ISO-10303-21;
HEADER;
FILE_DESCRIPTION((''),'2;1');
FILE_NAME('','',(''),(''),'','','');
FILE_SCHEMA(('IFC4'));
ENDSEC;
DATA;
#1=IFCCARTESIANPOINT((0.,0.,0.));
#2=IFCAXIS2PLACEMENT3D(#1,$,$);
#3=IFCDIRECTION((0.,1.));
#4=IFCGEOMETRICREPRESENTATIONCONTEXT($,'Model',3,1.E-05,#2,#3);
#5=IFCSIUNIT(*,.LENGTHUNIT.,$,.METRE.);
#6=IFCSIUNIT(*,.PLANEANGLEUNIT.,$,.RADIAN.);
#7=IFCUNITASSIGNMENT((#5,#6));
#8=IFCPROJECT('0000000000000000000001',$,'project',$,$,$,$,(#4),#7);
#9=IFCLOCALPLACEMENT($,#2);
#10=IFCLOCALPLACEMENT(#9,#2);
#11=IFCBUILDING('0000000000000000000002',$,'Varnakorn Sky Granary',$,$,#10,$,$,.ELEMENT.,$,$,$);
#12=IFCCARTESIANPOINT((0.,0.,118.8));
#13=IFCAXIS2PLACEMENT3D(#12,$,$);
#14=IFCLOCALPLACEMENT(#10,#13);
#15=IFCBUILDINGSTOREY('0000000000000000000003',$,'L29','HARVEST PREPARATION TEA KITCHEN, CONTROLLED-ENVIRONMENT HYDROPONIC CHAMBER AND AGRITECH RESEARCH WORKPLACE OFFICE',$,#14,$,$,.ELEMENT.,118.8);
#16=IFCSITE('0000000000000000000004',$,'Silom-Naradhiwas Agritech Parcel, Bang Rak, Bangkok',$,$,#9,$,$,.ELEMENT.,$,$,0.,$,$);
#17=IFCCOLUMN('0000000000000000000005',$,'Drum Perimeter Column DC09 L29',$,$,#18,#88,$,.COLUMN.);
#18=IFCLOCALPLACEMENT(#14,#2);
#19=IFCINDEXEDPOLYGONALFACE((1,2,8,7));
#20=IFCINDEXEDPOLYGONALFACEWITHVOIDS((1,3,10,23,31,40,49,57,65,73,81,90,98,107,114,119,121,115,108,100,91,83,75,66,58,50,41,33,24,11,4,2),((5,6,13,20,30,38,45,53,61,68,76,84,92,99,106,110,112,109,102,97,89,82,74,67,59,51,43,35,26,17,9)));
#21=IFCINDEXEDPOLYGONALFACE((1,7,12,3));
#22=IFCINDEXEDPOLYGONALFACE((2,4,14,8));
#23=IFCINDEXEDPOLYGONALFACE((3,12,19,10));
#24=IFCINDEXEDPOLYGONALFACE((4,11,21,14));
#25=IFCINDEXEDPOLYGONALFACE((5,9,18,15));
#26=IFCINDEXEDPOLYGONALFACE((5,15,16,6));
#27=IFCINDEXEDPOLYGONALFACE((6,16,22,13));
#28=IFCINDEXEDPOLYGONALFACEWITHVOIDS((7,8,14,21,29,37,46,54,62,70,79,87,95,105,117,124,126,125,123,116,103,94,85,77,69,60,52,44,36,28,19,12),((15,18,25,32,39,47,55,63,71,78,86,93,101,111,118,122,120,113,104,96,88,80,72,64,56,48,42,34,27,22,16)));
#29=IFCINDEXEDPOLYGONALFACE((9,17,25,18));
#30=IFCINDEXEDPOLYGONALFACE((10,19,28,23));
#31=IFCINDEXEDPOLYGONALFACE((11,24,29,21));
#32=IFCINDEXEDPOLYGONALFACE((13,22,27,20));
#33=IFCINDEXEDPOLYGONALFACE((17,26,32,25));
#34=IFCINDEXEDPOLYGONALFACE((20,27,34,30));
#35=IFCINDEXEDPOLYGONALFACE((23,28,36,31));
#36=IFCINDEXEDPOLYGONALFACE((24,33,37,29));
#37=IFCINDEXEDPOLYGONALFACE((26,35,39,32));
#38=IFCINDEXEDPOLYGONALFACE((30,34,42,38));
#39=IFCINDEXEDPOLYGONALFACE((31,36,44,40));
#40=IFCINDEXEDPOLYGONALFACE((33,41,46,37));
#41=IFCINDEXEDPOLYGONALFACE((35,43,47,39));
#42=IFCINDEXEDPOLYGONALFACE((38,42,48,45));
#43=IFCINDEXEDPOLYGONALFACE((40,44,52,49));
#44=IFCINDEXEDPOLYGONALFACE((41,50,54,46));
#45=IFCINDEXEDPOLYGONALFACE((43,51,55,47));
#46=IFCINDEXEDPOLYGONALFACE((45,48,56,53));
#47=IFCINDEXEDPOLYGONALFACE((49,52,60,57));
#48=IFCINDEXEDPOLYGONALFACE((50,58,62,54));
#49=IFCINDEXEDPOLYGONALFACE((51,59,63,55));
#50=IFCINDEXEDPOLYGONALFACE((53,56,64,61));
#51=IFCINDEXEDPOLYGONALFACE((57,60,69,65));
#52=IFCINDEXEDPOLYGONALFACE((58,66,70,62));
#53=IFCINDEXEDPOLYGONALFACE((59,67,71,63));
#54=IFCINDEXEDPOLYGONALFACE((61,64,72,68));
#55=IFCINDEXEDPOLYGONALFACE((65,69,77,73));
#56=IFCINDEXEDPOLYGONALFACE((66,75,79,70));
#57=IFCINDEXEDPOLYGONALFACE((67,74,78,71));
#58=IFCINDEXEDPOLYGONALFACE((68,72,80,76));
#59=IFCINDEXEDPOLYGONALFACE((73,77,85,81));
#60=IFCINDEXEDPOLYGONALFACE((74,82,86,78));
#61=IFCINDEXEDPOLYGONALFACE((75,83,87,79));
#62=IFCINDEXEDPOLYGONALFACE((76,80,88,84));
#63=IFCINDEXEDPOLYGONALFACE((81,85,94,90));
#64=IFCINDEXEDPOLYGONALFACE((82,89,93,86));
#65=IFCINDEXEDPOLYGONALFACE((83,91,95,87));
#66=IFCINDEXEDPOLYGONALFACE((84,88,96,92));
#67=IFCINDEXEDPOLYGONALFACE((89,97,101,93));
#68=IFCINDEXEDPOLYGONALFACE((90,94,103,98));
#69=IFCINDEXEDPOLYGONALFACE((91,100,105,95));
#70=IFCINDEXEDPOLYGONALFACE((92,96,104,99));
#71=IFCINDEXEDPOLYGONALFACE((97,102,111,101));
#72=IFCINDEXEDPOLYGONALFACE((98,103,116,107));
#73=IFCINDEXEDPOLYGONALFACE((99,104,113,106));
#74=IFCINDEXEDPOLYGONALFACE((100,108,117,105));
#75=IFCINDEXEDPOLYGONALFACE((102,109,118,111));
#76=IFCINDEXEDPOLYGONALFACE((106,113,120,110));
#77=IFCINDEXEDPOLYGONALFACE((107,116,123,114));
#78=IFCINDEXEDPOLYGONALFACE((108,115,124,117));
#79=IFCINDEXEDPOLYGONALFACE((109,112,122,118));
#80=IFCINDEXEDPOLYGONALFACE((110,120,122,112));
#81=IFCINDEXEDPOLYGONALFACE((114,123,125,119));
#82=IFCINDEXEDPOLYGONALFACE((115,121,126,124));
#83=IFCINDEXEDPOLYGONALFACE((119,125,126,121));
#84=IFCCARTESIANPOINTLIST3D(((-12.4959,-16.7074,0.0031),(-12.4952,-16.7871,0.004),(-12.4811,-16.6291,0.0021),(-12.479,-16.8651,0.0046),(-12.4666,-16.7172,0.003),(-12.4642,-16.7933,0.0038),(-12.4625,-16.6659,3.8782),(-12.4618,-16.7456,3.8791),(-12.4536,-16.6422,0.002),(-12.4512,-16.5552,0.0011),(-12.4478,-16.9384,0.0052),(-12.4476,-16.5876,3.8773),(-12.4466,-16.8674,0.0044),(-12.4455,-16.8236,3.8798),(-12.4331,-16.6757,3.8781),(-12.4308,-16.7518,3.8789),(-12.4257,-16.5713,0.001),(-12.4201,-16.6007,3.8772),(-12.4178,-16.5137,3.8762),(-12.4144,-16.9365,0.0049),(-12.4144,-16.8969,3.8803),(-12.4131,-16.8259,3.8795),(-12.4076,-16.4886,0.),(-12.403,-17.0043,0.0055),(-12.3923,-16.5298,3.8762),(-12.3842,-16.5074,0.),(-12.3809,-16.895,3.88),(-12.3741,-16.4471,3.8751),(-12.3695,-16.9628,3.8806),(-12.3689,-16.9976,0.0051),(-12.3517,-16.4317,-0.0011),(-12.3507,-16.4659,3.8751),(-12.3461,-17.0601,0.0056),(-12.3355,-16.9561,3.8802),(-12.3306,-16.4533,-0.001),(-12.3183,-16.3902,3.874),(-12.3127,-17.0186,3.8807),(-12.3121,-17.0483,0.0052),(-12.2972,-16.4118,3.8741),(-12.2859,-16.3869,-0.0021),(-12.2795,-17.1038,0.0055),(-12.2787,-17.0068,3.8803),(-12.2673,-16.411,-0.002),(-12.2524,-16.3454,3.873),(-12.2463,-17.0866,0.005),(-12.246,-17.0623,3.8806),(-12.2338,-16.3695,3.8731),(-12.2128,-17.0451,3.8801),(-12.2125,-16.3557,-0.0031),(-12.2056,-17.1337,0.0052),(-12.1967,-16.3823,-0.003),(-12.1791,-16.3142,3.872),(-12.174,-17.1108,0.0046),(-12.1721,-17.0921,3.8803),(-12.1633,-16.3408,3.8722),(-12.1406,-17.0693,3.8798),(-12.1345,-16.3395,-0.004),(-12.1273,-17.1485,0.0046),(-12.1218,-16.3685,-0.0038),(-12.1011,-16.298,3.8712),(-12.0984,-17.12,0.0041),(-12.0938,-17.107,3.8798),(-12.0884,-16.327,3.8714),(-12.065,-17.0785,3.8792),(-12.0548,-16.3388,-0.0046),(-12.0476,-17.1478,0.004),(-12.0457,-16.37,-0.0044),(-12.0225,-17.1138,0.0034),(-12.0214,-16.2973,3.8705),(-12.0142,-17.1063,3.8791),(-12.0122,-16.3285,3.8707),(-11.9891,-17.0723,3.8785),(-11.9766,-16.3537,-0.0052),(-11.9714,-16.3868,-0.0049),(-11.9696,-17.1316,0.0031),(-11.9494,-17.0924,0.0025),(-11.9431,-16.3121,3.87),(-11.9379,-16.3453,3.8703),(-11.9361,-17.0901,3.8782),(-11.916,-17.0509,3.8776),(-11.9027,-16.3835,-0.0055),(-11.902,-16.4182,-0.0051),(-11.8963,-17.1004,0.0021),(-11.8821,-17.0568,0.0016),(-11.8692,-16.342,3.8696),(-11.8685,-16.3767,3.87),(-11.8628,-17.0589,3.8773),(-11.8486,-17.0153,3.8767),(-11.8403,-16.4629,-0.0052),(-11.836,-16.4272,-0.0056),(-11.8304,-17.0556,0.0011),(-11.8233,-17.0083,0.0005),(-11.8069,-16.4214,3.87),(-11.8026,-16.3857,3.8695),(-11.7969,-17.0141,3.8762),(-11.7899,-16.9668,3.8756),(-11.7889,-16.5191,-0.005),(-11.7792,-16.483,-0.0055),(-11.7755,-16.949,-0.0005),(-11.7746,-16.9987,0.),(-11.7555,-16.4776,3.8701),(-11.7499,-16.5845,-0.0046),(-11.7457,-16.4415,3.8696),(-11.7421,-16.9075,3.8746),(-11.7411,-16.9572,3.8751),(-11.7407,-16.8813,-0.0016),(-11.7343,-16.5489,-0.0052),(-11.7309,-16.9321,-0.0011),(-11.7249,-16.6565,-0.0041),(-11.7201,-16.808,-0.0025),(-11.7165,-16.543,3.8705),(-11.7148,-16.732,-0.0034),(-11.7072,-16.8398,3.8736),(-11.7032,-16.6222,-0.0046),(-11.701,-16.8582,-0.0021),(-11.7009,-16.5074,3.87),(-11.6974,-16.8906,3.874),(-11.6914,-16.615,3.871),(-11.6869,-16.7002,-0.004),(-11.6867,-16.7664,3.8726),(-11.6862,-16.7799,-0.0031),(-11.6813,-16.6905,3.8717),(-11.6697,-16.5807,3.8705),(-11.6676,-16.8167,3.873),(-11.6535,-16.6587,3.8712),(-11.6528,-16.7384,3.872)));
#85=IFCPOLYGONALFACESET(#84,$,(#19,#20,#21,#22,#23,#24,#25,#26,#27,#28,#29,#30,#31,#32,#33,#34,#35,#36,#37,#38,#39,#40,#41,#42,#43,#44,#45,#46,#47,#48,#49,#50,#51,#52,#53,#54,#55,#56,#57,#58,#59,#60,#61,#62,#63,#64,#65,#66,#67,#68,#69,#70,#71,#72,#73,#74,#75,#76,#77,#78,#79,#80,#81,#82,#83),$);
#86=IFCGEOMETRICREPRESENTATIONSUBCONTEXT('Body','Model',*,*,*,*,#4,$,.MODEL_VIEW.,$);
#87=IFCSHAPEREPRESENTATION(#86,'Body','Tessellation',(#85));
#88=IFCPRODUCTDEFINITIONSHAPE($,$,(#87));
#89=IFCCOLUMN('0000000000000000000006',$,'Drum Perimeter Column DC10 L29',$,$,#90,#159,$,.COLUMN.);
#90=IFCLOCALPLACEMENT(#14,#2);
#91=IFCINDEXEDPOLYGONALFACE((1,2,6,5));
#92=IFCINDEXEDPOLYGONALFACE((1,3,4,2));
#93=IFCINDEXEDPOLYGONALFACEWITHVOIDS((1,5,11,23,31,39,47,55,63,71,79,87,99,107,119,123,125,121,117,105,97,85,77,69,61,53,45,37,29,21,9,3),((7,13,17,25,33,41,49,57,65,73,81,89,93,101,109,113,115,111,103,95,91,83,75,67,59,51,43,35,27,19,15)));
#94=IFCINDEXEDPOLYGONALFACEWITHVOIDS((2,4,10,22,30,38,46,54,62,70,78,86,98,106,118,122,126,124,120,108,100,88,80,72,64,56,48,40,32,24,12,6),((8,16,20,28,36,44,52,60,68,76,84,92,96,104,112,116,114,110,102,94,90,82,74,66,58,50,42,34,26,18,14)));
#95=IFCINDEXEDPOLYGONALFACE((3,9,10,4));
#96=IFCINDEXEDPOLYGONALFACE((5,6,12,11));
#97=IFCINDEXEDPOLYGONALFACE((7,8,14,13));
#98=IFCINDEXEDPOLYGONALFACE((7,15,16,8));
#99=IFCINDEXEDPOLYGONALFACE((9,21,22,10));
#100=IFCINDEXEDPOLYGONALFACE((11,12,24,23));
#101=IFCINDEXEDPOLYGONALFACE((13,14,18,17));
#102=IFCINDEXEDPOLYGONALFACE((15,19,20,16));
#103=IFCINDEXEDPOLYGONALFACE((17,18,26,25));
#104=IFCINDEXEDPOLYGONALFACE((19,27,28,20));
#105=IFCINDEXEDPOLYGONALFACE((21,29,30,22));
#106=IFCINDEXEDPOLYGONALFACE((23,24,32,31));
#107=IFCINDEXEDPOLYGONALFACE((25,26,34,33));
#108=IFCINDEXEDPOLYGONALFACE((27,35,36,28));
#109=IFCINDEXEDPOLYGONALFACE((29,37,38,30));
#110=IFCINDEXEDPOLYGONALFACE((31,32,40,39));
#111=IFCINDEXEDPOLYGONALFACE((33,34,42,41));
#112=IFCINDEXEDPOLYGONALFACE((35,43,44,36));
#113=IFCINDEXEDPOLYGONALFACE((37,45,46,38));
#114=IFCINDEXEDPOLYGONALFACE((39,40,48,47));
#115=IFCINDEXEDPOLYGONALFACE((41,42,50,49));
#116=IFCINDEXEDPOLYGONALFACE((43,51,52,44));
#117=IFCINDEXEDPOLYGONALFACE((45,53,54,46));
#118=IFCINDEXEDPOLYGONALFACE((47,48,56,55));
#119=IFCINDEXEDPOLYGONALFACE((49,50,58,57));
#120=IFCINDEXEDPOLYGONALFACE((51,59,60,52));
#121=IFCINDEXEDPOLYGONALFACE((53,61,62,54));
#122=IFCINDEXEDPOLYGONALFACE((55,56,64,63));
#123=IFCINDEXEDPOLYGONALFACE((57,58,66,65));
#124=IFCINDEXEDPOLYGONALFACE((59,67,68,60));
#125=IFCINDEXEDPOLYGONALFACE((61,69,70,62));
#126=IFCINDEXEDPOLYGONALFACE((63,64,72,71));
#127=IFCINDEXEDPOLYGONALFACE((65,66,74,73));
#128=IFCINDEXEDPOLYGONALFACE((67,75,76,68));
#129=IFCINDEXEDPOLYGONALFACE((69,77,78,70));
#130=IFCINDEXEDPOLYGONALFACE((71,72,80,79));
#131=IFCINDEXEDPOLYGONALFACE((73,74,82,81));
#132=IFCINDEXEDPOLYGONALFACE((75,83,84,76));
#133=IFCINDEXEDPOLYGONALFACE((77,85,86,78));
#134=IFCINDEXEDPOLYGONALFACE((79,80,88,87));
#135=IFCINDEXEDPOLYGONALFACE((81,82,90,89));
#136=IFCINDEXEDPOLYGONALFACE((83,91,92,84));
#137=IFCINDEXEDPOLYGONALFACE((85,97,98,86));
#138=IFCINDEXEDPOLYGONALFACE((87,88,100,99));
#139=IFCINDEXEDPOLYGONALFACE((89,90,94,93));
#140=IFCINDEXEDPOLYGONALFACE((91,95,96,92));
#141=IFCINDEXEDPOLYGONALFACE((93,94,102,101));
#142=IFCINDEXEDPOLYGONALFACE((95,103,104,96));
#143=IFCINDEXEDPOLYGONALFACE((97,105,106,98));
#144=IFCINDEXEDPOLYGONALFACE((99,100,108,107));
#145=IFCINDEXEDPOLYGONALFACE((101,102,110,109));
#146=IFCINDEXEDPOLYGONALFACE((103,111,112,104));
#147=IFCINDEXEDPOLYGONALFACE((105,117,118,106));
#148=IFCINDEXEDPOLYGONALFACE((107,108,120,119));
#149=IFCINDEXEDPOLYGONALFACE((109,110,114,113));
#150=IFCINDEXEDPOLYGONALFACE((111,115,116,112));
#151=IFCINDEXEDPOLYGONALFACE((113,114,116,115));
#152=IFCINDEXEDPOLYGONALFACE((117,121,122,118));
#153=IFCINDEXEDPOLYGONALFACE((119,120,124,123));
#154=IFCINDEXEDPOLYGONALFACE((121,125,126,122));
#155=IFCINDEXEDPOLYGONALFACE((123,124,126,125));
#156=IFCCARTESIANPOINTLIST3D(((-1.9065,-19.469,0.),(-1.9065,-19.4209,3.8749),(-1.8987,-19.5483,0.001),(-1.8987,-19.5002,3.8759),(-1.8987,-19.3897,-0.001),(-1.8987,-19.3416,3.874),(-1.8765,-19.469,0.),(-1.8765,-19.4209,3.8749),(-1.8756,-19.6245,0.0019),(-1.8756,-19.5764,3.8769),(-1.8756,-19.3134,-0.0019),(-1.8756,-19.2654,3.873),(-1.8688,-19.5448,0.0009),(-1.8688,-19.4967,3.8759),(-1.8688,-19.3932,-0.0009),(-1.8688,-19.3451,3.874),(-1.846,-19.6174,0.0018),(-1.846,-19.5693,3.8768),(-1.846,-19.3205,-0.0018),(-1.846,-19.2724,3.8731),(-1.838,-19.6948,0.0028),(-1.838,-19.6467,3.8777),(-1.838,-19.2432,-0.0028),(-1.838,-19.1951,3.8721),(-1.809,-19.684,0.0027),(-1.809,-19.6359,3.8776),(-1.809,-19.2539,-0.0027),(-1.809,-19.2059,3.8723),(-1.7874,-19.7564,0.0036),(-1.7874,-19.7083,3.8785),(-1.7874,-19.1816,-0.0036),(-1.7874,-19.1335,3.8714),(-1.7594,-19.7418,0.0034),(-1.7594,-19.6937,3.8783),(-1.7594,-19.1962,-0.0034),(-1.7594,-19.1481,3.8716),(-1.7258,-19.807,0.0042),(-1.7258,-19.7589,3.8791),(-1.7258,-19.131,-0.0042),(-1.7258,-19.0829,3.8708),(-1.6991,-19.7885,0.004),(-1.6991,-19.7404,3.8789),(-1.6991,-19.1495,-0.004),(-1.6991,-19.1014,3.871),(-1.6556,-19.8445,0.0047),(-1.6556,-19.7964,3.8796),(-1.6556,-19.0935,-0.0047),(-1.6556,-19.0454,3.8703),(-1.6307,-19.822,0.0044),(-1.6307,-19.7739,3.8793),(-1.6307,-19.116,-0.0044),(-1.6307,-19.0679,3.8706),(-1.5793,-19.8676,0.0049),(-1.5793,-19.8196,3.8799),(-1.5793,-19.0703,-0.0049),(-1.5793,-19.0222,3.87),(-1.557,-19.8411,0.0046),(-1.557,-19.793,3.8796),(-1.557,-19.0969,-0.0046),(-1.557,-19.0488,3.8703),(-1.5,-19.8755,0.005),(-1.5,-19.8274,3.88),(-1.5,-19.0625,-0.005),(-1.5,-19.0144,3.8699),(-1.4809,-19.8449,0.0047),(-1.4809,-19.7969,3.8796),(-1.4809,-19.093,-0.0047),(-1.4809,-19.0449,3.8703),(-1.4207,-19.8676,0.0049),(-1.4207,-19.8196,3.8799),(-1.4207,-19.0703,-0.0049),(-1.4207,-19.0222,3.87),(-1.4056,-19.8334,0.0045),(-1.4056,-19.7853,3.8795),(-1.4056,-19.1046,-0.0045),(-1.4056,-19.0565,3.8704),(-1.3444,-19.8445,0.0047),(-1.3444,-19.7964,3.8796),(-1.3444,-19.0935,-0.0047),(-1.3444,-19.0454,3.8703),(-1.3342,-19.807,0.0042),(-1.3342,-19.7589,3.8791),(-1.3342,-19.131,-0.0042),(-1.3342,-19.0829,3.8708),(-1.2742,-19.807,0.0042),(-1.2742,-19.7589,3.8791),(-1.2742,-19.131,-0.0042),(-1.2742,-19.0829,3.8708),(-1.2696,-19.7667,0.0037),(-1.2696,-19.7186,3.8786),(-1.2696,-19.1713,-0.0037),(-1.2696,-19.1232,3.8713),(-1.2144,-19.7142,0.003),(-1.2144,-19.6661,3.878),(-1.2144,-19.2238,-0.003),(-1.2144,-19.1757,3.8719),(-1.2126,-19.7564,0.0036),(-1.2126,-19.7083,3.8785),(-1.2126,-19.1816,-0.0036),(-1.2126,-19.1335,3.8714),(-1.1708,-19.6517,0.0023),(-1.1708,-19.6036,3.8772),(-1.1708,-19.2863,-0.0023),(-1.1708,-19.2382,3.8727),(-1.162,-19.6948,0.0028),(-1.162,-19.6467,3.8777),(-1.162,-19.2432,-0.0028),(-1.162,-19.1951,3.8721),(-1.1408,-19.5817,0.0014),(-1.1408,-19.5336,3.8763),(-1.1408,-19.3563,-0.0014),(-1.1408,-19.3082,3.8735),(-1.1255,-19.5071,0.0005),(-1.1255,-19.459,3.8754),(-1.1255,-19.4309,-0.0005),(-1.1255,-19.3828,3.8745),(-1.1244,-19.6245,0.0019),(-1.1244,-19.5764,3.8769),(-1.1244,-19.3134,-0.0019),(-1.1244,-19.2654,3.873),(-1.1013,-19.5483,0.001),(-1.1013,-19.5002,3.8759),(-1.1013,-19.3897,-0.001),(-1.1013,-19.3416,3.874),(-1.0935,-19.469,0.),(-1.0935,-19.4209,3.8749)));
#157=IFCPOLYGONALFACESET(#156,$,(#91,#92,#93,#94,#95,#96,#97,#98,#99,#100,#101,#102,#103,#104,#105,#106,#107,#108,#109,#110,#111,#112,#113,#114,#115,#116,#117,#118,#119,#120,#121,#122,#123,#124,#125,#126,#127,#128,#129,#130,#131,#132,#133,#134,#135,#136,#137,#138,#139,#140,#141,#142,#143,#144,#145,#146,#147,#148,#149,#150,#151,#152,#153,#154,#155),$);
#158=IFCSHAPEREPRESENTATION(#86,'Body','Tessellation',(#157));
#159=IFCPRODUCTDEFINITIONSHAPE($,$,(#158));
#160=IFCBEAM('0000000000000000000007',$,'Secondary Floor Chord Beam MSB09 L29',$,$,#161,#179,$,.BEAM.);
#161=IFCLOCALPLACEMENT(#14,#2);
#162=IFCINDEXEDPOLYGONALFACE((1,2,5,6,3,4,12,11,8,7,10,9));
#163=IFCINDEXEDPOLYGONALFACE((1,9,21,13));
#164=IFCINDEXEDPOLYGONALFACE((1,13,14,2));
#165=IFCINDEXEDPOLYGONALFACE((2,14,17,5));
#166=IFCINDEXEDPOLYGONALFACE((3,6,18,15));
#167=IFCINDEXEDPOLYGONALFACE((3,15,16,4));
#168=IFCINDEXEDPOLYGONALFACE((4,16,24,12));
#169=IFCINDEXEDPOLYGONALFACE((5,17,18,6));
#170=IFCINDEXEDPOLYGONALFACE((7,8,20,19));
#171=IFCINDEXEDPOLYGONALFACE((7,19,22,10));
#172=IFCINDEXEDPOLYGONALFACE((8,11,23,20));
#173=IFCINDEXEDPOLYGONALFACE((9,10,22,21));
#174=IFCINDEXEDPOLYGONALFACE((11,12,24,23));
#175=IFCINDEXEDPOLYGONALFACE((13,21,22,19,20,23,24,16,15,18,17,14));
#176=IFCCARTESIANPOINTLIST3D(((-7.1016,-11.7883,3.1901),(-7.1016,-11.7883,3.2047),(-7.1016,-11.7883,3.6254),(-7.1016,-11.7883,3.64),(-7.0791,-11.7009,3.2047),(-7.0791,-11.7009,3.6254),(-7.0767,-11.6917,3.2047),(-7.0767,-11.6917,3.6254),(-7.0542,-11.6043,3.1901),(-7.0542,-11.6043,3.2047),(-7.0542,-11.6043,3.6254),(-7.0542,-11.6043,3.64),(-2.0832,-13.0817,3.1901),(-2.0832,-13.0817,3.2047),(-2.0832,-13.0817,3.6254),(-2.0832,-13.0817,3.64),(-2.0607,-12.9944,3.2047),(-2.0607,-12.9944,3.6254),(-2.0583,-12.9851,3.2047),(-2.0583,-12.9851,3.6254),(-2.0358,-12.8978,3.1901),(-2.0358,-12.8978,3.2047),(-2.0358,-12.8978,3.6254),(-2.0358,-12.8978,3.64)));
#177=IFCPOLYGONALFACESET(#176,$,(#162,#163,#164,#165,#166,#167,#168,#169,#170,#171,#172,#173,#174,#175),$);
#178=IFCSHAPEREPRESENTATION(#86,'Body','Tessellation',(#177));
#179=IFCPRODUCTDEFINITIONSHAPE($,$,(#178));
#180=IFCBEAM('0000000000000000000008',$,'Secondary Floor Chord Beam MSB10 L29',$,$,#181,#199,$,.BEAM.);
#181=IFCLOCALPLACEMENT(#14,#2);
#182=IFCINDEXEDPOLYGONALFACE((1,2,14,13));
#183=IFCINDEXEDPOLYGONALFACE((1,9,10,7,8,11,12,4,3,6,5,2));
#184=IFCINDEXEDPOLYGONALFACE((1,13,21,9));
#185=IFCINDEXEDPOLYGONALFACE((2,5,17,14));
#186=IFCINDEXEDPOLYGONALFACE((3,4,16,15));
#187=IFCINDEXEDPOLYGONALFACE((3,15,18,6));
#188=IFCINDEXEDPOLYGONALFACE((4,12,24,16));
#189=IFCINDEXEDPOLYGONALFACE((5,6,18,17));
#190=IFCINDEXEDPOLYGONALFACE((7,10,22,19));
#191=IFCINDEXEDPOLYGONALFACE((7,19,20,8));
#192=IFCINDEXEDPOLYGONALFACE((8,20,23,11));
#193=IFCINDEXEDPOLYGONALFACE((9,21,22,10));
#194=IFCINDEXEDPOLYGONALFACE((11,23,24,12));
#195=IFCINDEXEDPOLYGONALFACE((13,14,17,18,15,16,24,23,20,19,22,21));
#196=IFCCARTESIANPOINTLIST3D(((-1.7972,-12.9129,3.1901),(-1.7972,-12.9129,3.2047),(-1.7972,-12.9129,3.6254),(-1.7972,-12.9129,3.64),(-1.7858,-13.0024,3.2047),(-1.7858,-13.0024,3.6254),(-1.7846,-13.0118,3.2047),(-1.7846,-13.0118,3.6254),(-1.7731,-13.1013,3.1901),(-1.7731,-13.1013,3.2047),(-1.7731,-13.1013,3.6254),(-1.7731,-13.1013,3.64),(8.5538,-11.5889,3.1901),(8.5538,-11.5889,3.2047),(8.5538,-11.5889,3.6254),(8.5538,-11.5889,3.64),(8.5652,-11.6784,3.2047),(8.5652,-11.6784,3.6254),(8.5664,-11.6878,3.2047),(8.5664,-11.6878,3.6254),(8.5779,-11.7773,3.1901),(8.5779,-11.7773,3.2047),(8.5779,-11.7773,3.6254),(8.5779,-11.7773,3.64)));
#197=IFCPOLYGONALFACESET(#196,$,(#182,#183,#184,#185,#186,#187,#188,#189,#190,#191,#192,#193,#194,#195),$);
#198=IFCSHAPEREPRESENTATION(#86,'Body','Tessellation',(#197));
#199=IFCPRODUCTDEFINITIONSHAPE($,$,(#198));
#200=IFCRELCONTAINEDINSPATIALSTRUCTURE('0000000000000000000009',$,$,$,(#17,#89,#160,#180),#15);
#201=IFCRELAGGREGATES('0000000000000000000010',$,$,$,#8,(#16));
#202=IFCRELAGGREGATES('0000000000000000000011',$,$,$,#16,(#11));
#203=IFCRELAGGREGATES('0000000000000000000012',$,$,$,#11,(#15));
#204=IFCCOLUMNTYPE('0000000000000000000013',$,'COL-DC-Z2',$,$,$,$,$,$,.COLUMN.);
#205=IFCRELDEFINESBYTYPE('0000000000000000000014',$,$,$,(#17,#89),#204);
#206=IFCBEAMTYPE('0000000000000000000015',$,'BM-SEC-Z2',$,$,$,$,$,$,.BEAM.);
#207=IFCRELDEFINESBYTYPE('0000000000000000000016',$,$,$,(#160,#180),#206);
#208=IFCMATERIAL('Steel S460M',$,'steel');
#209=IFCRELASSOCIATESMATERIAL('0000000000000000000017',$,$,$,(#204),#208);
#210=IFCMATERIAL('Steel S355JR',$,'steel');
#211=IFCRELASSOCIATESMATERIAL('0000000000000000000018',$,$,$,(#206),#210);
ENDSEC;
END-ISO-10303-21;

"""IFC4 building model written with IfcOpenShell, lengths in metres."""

from ifc_helpers import new_model, si_unit, direction, frame, origin, origin_2d, place, context, subcontext, project, spatial, hollow_circle, i_section, extrude, material, material_profile, profile_set, type_object, element, save


model = new_model("IFC4")

# Units and contexts
model_context = context("Model", 3, precision=1e-05, world=origin(), true_north=direction((0.0, 1.0)))
body_context = subcontext(model_context, "Body", "Model", "MODEL_VIEW")
ifc_project = project(units=[si_unit("LENGTHUNIT", "METRE"), si_unit("PLANEANGLEUNIT", "RADIAN")], contexts=[model_context])

# Site, building, storey
site_placement = place(None, origin())
site = spatial("IfcSite", under=ifc_project, at=site_placement, Name="Silom-Naradhiwas Agritech Parcel, Bang Rak, Bangkok", CompositionType="ELEMENT", RefElevation=0.0)
building_placement = place(site_placement, origin())
building = spatial("IfcBuilding", under=site, at=building_placement, Name="Varnakorn Sky Granary", CompositionType="ELEMENT")
storey_placement = place(building_placement, frame((0.0, 0.0, 118.8)))
storey = spatial("IfcBuildingStorey", under=building, at=storey_placement, Name="L29", Description="HARVEST PREPARATION TEA KITCHEN, CONTROLLED-ENVIRONMENT HYDROPONIC CHAMBER AND AGRITECH RESEARCH WORKPLACE OFFICE", CompositionType="ELEMENT", Elevation=118.8)

# Columns
ifc_material_1 = material(Name="Steel S460M", Category="steel")
ifc_material_profile_1 = material_profile(ifc_material_1, hollow_circle(Radius=0.4065, WallThickness=0.03, at=origin_2d()), Name="CHS 813x30")
ifc_profile_set_1 = profile_set([ifc_material_profile_1], Name="Steel S460M")
column_type = type_object("IfcColumnType", Name="COL-DC-Z2", PredefinedType="COLUMN", material=ifc_profile_set_1)
column_1_placement = place(storey_placement, frame((-12.0911, -16.7437, 0.0), z_axis=(0.008631, 0.01071, 0.999905), x_axis=(-0.77863, 0.627484, 0.0)))
element("IfcColumn", 1, at=column_1_placement, inside=storey, type_object=column_type, Name="Drum Perimeter Column DC09 L29", PredefinedType="COLUMN", context=body_context, shape_type="SweptSolid", body=[
    extrude(hollow_circle(Radius=0.4065, WallThickness=0.03, at=origin_2d()), origin(), (0.0, 0.0, 1.0), 3.8755),
])
column_2_placement = place(storey_placement, frame((-1.5, -19.469, 0.0), z_axis=(0.0, 0.012411, 0.999923), x_axis=(-1.0, 0.0, 0.0)))
element("IfcColumn", 2, at=column_2_placement, inside=storey, type_object=column_type, Name="Drum Perimeter Column DC10 L29", PredefinedType="COLUMN", context=body_context, shape_type="SweptSolid", body=[
    extrude(hollow_circle(Radius=0.4065, WallThickness=0.03, at=origin_2d()), origin(), (0.0, 0.0, 1.0), 3.8752),
])

# Beams
ifc_material_2 = material(Name="Steel S355JR", Category="steel")
ifc_material_profile_2 = material_profile(ifc_material_2, i_section(OverallWidth=0.1899, OverallDepth=0.45, WebThickness=0.0095, FlangeThickness=0.0146, at=origin_2d()), Name="IPE 450")
ifc_profile_set_2 = profile_set([ifc_material_profile_2], Name="Steel S355JR")
beam_type_1 = type_object("IfcBeamType", Name="BM-SEC-Z2", PredefinedType="BEAM", material=ifc_profile_set_2)
beam_1_placement = place(storey_placement, frame((-7.0779, -11.6963, 3.415), z_axis=(0.968352, -0.24959, 0.0), x_axis=(0.24959, 0.968352, 0.0)))
element("IfcBeam", 3, at=beam_1_placement, inside=storey, type_object=beam_type_1, Name="Secondary Floor Chord Beam MSB09 L29", PredefinedType="BEAM", context=body_context, shape_type="SweptSolid", body=[
    extrude(i_section(OverallWidth=0.1899, OverallDepth=0.45, WebThickness=0.0095, FlangeThickness=0.0146, at=origin_2d()), origin(), (0.0, 0.0, 1.0), 5.1824),
])
beam_2_placement = place(storey_placement, frame((-1.7852, -13.0071, 3.415), z_axis=(0.991919, 0.126873, 0.0), x_axis=(-0.126873, 0.991919, 0.0)))
element("IfcBeam", 4, at=beam_2_placement, inside=storey, type_object=beam_type_1, Name="Secondary Floor Chord Beam MSB10 L29", PredefinedType="BEAM", context=body_context, shape_type="SweptSolid", body=[
    extrude(i_section(OverallWidth=0.1899, OverallDepth=0.45, WebThickness=0.0095, FlangeThickness=0.0146, at=origin_2d()), origin(), (0.0, 0.0, 1.0), 10.4353),
])

save(model, "model.ifc")
